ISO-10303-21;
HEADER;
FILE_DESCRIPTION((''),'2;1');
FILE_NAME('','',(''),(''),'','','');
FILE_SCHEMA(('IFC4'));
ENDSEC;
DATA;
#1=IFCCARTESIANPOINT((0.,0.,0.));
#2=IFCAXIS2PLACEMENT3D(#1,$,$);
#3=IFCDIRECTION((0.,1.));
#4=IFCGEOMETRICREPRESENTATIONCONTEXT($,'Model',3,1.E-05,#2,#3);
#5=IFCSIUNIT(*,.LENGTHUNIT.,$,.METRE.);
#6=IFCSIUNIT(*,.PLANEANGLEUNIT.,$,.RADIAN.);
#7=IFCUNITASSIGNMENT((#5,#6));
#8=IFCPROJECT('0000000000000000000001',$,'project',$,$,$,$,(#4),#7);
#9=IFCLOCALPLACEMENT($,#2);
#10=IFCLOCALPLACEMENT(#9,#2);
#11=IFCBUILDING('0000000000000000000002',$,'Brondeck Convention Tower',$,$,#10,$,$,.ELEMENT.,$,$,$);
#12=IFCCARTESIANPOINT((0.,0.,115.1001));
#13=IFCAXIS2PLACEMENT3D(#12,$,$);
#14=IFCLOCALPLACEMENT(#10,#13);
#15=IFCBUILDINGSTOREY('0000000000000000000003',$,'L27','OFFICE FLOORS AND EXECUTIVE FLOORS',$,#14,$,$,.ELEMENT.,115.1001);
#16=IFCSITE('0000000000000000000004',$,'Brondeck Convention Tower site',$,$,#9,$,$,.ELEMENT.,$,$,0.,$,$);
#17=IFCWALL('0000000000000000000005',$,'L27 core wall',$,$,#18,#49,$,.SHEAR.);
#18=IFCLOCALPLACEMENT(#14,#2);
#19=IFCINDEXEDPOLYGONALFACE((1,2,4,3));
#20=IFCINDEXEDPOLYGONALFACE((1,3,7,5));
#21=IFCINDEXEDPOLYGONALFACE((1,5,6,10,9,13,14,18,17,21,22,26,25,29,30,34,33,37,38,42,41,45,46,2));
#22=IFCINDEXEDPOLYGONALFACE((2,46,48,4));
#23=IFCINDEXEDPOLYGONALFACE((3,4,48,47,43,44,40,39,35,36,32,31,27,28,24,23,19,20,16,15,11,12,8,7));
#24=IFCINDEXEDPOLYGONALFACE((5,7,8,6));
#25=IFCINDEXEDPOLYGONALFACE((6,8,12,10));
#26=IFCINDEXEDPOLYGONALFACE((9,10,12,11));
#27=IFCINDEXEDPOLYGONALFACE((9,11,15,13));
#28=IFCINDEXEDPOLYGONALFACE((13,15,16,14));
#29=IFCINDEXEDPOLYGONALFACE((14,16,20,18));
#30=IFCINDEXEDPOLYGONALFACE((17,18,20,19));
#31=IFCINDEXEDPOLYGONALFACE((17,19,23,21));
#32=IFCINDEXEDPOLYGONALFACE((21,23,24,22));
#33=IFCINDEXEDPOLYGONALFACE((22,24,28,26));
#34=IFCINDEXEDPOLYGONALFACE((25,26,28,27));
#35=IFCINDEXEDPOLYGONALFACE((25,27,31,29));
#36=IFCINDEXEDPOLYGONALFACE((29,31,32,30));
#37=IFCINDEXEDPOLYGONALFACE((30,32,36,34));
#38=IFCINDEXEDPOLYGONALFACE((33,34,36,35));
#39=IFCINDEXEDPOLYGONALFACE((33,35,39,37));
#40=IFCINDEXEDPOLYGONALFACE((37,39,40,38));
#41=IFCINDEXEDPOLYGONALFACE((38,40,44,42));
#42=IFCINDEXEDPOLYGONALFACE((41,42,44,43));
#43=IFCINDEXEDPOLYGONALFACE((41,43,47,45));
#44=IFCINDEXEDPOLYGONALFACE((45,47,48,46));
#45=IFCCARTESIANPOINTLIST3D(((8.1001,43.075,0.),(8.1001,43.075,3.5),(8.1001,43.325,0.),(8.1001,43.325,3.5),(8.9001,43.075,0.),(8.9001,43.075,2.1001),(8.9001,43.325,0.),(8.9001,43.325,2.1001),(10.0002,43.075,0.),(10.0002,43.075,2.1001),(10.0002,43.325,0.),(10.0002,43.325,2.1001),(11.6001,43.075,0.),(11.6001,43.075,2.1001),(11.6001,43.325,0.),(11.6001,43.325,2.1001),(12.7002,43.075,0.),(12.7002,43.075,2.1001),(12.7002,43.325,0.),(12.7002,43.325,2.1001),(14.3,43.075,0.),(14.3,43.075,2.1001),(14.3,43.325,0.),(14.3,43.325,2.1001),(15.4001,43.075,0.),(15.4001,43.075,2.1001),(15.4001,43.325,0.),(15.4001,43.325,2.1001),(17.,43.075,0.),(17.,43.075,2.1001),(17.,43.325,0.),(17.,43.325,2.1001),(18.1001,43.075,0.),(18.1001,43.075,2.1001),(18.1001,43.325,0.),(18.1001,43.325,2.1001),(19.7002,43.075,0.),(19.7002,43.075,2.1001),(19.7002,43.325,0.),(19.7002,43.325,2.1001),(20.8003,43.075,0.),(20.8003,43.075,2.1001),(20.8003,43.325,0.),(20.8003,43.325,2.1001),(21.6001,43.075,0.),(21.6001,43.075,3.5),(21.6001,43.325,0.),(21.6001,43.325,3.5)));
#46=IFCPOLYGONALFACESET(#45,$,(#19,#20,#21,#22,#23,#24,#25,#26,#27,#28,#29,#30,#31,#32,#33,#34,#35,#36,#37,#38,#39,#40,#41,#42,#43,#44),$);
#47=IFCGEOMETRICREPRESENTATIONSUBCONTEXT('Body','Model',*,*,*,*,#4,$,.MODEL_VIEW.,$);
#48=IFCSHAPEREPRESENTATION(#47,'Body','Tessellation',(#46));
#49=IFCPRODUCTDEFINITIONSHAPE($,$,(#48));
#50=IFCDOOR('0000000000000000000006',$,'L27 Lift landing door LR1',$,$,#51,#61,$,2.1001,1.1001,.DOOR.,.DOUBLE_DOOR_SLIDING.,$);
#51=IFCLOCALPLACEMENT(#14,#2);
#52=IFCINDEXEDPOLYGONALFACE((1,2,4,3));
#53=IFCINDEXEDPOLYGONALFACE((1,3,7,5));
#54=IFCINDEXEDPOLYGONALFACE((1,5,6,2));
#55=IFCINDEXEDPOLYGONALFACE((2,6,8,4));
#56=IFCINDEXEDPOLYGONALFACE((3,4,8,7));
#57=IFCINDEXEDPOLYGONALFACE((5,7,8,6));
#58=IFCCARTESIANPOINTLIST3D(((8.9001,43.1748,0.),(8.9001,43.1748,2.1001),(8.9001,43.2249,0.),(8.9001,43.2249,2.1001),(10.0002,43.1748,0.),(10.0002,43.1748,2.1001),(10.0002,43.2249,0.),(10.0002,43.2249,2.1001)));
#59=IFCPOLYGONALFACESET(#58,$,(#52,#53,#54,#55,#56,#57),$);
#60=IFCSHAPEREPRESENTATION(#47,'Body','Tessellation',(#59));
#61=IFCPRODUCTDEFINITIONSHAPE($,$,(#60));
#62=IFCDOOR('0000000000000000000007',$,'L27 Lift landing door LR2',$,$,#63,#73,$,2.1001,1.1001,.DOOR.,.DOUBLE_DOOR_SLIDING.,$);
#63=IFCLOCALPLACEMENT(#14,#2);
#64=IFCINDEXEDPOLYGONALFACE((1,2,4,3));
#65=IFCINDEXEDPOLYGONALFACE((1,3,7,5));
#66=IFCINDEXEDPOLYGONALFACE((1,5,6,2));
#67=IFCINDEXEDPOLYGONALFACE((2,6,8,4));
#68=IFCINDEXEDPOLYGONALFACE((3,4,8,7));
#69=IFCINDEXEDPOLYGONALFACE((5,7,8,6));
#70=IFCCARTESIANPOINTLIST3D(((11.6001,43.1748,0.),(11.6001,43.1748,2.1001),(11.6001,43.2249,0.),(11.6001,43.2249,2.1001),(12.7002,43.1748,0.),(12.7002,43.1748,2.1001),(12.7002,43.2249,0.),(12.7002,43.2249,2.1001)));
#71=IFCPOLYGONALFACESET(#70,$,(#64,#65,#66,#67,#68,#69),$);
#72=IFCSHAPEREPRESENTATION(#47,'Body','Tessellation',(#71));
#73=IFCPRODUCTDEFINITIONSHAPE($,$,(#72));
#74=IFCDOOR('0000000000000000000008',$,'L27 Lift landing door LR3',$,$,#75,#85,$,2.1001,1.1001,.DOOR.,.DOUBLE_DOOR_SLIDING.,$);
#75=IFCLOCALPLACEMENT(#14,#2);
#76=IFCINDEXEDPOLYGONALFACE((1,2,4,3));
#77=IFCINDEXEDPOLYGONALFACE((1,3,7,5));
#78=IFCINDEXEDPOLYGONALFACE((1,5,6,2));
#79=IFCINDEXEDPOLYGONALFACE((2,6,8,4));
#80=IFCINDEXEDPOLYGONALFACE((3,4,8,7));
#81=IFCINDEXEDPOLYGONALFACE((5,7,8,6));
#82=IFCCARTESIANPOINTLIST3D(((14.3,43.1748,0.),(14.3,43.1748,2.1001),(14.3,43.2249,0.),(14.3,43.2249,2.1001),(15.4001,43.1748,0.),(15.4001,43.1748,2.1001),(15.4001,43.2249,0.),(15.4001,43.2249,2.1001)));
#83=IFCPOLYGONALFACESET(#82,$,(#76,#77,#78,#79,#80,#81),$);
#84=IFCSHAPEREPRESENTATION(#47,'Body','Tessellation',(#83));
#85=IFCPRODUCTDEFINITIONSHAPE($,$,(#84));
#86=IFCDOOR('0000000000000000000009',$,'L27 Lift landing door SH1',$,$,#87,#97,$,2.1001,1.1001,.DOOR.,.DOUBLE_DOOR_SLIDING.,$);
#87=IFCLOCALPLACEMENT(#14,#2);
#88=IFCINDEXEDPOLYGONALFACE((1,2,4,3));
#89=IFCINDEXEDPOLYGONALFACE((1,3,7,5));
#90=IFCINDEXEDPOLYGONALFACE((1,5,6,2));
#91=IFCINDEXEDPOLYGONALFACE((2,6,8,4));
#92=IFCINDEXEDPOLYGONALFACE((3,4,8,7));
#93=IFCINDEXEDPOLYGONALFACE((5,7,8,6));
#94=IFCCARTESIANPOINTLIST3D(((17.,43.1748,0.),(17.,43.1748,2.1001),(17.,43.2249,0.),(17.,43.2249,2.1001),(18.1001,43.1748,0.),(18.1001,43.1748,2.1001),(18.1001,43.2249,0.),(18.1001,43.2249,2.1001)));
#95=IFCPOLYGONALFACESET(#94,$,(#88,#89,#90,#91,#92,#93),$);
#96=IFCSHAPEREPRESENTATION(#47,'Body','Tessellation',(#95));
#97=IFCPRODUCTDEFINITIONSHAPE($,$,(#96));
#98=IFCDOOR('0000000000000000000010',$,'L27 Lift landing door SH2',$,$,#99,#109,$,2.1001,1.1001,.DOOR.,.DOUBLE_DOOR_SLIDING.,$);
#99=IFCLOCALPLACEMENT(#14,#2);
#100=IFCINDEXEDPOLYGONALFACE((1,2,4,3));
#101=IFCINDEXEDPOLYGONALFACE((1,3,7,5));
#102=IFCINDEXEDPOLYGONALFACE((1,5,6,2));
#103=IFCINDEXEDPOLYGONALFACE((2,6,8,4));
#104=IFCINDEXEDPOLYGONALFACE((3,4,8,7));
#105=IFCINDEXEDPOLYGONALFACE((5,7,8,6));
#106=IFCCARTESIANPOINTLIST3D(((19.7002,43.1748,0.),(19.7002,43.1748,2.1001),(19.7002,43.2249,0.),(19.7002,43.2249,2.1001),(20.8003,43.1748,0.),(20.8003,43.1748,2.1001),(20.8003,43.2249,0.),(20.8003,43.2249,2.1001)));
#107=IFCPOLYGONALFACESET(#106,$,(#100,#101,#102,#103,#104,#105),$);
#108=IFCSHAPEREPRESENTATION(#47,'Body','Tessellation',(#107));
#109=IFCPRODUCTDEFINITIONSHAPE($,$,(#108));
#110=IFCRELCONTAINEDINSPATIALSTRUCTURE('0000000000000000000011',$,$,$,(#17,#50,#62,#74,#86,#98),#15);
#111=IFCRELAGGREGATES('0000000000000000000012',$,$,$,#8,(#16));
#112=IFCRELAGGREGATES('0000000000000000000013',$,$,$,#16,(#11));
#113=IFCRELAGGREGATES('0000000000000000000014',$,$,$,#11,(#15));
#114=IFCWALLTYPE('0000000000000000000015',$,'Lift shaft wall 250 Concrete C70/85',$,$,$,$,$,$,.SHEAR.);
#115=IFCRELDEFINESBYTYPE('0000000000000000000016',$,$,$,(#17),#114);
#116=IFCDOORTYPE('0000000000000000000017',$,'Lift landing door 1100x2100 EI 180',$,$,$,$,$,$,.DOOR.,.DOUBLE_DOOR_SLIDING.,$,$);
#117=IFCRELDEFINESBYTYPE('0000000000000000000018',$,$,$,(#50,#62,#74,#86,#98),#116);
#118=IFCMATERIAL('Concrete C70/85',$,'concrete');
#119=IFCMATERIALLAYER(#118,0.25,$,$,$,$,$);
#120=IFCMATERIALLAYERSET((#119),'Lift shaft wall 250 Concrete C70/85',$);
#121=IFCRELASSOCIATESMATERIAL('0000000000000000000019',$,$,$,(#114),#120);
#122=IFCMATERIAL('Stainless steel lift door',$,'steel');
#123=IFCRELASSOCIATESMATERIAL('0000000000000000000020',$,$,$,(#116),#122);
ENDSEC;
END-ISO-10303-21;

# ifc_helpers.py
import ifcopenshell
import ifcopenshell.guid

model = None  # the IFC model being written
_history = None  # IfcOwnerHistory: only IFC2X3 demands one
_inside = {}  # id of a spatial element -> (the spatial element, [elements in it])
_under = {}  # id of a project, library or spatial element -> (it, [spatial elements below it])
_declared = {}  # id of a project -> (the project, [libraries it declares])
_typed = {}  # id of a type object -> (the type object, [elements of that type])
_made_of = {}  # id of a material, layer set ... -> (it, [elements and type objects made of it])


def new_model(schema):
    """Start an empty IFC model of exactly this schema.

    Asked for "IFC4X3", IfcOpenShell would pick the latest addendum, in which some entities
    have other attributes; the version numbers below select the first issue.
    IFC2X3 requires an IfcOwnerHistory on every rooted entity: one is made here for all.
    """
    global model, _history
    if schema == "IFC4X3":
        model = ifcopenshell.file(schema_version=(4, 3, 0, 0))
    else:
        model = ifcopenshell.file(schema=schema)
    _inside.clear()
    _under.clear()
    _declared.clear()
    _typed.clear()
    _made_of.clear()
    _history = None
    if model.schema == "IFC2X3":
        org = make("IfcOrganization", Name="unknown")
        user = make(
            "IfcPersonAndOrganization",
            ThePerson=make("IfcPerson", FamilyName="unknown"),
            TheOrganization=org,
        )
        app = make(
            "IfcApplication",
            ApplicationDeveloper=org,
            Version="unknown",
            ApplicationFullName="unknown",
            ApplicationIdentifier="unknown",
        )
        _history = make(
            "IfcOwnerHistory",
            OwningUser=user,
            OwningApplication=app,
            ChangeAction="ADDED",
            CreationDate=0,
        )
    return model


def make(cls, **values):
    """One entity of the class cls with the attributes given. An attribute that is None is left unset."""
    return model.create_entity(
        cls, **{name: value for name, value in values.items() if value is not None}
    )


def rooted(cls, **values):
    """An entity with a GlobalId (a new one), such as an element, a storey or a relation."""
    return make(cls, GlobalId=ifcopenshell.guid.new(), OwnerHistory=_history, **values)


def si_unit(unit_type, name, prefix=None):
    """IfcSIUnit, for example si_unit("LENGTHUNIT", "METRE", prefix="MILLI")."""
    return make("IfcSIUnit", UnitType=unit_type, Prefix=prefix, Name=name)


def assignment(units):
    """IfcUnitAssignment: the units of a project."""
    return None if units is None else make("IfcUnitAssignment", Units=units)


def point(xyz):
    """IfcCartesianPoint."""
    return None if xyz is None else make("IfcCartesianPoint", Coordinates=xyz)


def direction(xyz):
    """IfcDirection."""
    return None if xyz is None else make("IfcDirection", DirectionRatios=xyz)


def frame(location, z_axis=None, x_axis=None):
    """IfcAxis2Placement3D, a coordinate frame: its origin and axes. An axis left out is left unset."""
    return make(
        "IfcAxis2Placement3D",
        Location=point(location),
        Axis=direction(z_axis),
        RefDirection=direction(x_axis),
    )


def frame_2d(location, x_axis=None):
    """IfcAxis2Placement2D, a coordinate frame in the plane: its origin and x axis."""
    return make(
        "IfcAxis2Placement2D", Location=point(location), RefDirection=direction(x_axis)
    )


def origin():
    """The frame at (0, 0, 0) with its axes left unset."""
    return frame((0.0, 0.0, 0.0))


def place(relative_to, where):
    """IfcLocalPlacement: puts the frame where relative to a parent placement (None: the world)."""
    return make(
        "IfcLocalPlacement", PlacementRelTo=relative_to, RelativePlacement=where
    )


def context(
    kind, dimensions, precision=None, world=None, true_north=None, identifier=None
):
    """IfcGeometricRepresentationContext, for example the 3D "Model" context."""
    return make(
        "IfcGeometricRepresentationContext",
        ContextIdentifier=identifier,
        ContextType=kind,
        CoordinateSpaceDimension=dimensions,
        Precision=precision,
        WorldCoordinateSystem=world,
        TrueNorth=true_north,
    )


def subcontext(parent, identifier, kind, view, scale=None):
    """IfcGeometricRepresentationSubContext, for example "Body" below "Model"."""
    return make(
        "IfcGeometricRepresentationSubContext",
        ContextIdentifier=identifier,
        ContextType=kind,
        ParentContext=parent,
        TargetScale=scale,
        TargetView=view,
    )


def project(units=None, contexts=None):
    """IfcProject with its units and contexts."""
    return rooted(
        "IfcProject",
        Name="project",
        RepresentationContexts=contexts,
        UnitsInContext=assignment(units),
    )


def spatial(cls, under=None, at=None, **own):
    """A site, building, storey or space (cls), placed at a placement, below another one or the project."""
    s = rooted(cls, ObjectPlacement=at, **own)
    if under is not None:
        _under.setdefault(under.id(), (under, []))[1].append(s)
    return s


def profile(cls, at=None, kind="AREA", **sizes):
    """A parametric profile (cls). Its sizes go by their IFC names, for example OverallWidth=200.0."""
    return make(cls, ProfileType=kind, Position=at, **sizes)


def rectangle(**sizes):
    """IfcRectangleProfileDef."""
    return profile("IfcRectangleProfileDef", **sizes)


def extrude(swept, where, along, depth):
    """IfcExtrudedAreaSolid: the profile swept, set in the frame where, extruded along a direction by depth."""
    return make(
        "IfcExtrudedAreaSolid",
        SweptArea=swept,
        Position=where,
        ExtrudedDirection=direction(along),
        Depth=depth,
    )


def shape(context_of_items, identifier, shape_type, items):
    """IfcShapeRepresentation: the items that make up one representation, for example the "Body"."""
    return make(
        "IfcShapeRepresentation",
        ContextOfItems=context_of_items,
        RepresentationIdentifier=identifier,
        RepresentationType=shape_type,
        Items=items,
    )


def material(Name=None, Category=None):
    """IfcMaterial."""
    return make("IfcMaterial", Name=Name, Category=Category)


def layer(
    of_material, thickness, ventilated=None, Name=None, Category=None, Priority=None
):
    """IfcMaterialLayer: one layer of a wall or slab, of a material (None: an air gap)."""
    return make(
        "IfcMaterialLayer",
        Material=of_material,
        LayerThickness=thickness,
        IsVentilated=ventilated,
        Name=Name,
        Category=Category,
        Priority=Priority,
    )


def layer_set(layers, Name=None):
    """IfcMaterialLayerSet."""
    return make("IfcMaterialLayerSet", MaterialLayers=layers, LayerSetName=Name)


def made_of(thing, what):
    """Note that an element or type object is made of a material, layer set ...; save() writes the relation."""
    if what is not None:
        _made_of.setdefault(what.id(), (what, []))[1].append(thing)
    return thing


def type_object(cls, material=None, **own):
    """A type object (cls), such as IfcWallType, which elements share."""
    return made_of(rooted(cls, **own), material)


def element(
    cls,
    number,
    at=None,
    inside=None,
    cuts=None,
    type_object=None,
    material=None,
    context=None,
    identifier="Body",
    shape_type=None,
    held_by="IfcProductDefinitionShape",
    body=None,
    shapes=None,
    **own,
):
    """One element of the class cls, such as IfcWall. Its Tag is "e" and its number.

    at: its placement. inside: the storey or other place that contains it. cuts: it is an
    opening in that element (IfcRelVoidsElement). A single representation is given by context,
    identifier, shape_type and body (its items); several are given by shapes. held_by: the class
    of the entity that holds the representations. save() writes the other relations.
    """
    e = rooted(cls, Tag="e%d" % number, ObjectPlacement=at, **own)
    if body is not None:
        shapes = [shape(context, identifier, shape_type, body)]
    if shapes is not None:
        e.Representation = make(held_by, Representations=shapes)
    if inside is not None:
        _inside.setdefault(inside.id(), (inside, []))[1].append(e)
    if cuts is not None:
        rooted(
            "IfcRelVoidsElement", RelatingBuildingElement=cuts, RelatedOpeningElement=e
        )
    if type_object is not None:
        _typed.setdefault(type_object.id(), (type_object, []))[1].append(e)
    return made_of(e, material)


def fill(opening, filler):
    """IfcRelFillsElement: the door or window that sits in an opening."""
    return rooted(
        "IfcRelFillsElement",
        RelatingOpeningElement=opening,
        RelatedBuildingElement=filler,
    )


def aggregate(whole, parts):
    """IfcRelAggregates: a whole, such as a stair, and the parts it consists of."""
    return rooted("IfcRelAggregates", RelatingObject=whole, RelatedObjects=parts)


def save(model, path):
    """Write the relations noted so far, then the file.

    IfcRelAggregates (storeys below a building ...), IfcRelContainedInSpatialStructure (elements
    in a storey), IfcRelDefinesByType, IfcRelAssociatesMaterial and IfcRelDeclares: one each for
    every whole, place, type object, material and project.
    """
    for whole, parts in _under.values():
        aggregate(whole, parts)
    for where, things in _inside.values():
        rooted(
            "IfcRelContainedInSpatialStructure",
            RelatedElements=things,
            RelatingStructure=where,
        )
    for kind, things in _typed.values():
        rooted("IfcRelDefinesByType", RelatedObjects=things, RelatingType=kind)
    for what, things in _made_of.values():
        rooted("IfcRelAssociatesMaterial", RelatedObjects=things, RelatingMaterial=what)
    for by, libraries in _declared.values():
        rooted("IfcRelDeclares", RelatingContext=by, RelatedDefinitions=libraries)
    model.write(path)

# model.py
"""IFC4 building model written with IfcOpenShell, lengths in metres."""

from ifc_helpers import new_model, si_unit, direction, frame, frame_2d, origin, place, context, subcontext, project, spatial, rectangle, extrude, material, layer, layer_set, type_object, element, fill, save


model = new_model("IFC4")

# Units and contexts
model_context = context("Model", 3, precision=1e-05, world=origin(), true_north=direction((0.0, 1.0)))
body_context = subcontext(model_context, "Body", "Model", "MODEL_VIEW")
ifc_project = project(units=[si_unit("LENGTHUNIT", "METRE"), si_unit("PLANEANGLEUNIT", "RADIAN")], contexts=[model_context])

# Site, building, storey
site_placement = place(None, origin())
site = spatial("IfcSite", under=ifc_project, at=site_placement, Name="Brondeck Convention Tower site", CompositionType="ELEMENT", RefElevation=0.0)
building_placement = place(site_placement, origin())
building = spatial("IfcBuilding", under=site, at=building_placement, Name="Brondeck Convention Tower", CompositionType="ELEMENT")
storey_placement = place(building_placement, frame((0.0, 0.0, 115.1001)))
storey = spatial("IfcBuildingStorey", under=building, at=storey_placement, Name="L27", Description="OFFICE FLOORS AND EXECUTIVE FLOORS", CompositionType="ELEMENT", Elevation=115.1001)

# Shared definitions
ifc_material_1 = material(Name="Concrete C70/85", Category="concrete")

# Wall, openings, doors
ifc_layer_1 = layer(ifc_material_1, 0.25)
ifc_layer_set_1 = layer_set([ifc_layer_1], Name="Lift shaft wall 250 Concrete C70/85")
wall_type_1 = type_object("IfcWallType", Name="Lift shaft wall 250 Concrete C70/85", PredefinedType="SHEAR", material=ifc_layer_set_1)
wall_1_placement = place(storey_placement, frame((8.1001, 43.2, 0.0), z_axis=(0.0, 0.0, 1.0), x_axis=(1.0, 0.0, 0.0)))
wall_1 = element("IfcWall", 1, at=wall_1_placement, inside=storey, type_object=wall_type_1, Name="L27 core wall", PredefinedType="SHEAR", context=body_context, shape_type="SweptSolid", body=[
    extrude(rectangle(XDim=13.5, YDim=0.25, at=frame_2d((6.75, 0.0))), origin(), (0.0, 0.0, 1.0), 3.5),
])
opening_1_placement = place(wall_1_placement, frame((0.8, 0.0, 0.0)))
opening_1 = element("IfcOpeningElement", 2, at=opening_1_placement, cuts=wall_1, PredefinedType="OPENING", context=body_context, shape_type="SweptSolid", body=[
    extrude(rectangle(XDim=1.1001, YDim=2.1001, at=frame_2d((0.55, 1.05))), frame((0.0, 0.135, 0.0), z_axis=(0.0, -1.0, 0.0), x_axis=(1.0, 0.0, 0.0)), (0.0, 0.0, 1.0), 0.27),
])
opening_2_placement = place(wall_1_placement, frame((3.5, 0.0, 0.0)))
opening_2 = element("IfcOpeningElement", 3, at=opening_2_placement, cuts=wall_1, PredefinedType="OPENING", context=body_context, shape_type="SweptSolid", body=[
    extrude(rectangle(XDim=1.1001, YDim=2.1001, at=frame_2d((0.55, 1.05))), frame((0.0, 0.135, 0.0), z_axis=(0.0, -1.0, 0.0), x_axis=(1.0, 0.0, 0.0)), (0.0, 0.0, 1.0), 0.27),
])
opening_3_placement = place(wall_1_placement, frame((6.2, 0.0, 0.0)))
opening_3 = element("IfcOpeningElement", 4, at=opening_3_placement, cuts=wall_1, PredefinedType="OPENING", context=body_context, shape_type="SweptSolid", body=[
    extrude(rectangle(XDim=1.1001, YDim=2.1001, at=frame_2d((0.55, 1.05))), frame((0.0, 0.135, 0.0), z_axis=(0.0, -1.0, 0.0), x_axis=(1.0, 0.0, 0.0)), (0.0, 0.0, 1.0), 0.27),
])
opening_4_placement = place(wall_1_placement, frame((8.8999, 0.0, 0.0)))
opening_4 = element("IfcOpeningElement", 5, at=opening_4_placement, cuts=wall_1, PredefinedType="OPENING", context=body_context, shape_type="SweptSolid", body=[
    extrude(rectangle(XDim=1.1001, YDim=2.1001, at=frame_2d((0.55, 1.05))), frame((0.0, 0.135, 0.0), z_axis=(0.0, -1.0, 0.0), x_axis=(1.0, 0.0, 0.0)), (0.0, 0.0, 1.0), 0.27),
])
opening_5_placement = place(wall_1_placement, frame((11.6001, 0.0, 0.0)))
opening_5 = element("IfcOpeningElement", 6, at=opening_5_placement, cuts=wall_1, PredefinedType="OPENING", context=body_context, shape_type="SweptSolid", body=[
    extrude(rectangle(XDim=1.1001, YDim=2.1001, at=frame_2d((0.55, 1.05))), frame((0.0, 0.135, 0.0), z_axis=(0.0, -1.0, 0.0), x_axis=(1.0, 0.0, 0.0)), (0.0, 0.0, 1.0), 0.27),
])
ifc_material_2 = material(Name="Stainless steel lift door", Category="steel")
door_type_1 = type_object("IfcDoorType", Name="Lift landing door 1100x2100 EI 180", OperationType="DOUBLE_DOOR_SLIDING", PredefinedType="DOOR", material=ifc_material_2)
door_1_placement = place(opening_1_placement, origin())
door_1 = element("IfcDoor", 7, at=door_1_placement, inside=storey, type_object=door_type_1, Name="L27 Lift landing door LR1", OperationType="DOUBLE_DOOR_SLIDING", OverallHeight=2.1001, OverallWidth=1.1001, PredefinedType="DOOR", context=body_context, shape_type="SweptSolid", body=[
    extrude(rectangle(XDim=1.1001, YDim=2.1001, at=frame_2d((0.55, 1.05))), frame((0.0, 0.0249, 0.0), z_axis=(0.0, -1.0, 0.0), x_axis=(1.0, 0.0, 0.0)), (0.0, 0.0, 1.0), 0.05),
])
fill(opening_1, door_1)
door_2_placement = place(opening_2_placement, origin())
door_2 = element("IfcDoor", 8, at=door_2_placement, inside=storey, type_object=door_type_1, Name="L27 Lift landing door LR2", OperationType="DOUBLE_DOOR_SLIDING", OverallHeight=2.1001, OverallWidth=1.1001, PredefinedType="DOOR", context=body_context, shape_type="SweptSolid", body=[
    extrude(rectangle(XDim=1.1001, YDim=2.1001, at=frame_2d((0.55, 1.05))), frame((0.0, 0.0249, 0.0), z_axis=(0.0, -1.0, 0.0), x_axis=(1.0, 0.0, 0.0)), (0.0, 0.0, 1.0), 0.05),
])
fill(opening_2, door_2)
door_3_placement = place(opening_3_placement, origin())
door_3 = element("IfcDoor", 9, at=door_3_placement, inside=storey, type_object=door_type_1, Name="L27 Lift landing door LR3", OperationType="DOUBLE_DOOR_SLIDING", OverallHeight=2.1001, OverallWidth=1.1001, PredefinedType="DOOR", context=body_context, shape_type="SweptSolid", body=[
    extrude(rectangle(XDim=1.1001, YDim=2.1001, at=frame_2d((0.55, 1.05))), frame((0.0, 0.0249, 0.0), z_axis=(0.0, -1.0, 0.0), x_axis=(1.0, 0.0, 0.0)), (0.0, 0.0, 1.0), 0.05),
])
fill(opening_3, door_3)
door_4_placement = place(opening_4_placement, origin())
door_4 = element("IfcDoor", 10, at=door_4_placement, inside=storey, type_object=door_type_1, Name="L27 Lift landing door SH1", OperationType="DOUBLE_DOOR_SLIDING", OverallHeight=2.1001, OverallWidth=1.1001, PredefinedType="DOOR", context=body_context, shape_type="SweptSolid", body=[
    extrude(rectangle(XDim=1.1001, YDim=2.1001, at=frame_2d((0.55, 1.05))), frame((0.0, 0.0249, 0.0), z_axis=(0.0, -1.0, 0.0), x_axis=(1.0, 0.0, 0.0)), (0.0, 0.0, 1.0), 0.05),
])
fill(opening_4, door_4)
door_5_placement = place(opening_5_placement, origin())
door_5 = element("IfcDoor", 11, at=door_5_placement, inside=storey, type_object=door_type_1, Name="L27 Lift landing door SH2", OperationType="DOUBLE_DOOR_SLIDING", OverallHeight=2.1001, OverallWidth=1.1001, PredefinedType="DOOR", context=body_context, shape_type="SweptSolid", body=[
    extrude(rectangle(XDim=1.1001, YDim=2.1001, at=frame_2d((0.55, 1.05))), frame((0.0, 0.0249, 0.0), z_axis=(0.0, -1.0, 0.0), x_axis=(1.0, 0.0, 0.0)), (0.0, 0.0, 1.0), 0.05),
])
fill(opening_5, door_5)

save(model, "model.ifc")
